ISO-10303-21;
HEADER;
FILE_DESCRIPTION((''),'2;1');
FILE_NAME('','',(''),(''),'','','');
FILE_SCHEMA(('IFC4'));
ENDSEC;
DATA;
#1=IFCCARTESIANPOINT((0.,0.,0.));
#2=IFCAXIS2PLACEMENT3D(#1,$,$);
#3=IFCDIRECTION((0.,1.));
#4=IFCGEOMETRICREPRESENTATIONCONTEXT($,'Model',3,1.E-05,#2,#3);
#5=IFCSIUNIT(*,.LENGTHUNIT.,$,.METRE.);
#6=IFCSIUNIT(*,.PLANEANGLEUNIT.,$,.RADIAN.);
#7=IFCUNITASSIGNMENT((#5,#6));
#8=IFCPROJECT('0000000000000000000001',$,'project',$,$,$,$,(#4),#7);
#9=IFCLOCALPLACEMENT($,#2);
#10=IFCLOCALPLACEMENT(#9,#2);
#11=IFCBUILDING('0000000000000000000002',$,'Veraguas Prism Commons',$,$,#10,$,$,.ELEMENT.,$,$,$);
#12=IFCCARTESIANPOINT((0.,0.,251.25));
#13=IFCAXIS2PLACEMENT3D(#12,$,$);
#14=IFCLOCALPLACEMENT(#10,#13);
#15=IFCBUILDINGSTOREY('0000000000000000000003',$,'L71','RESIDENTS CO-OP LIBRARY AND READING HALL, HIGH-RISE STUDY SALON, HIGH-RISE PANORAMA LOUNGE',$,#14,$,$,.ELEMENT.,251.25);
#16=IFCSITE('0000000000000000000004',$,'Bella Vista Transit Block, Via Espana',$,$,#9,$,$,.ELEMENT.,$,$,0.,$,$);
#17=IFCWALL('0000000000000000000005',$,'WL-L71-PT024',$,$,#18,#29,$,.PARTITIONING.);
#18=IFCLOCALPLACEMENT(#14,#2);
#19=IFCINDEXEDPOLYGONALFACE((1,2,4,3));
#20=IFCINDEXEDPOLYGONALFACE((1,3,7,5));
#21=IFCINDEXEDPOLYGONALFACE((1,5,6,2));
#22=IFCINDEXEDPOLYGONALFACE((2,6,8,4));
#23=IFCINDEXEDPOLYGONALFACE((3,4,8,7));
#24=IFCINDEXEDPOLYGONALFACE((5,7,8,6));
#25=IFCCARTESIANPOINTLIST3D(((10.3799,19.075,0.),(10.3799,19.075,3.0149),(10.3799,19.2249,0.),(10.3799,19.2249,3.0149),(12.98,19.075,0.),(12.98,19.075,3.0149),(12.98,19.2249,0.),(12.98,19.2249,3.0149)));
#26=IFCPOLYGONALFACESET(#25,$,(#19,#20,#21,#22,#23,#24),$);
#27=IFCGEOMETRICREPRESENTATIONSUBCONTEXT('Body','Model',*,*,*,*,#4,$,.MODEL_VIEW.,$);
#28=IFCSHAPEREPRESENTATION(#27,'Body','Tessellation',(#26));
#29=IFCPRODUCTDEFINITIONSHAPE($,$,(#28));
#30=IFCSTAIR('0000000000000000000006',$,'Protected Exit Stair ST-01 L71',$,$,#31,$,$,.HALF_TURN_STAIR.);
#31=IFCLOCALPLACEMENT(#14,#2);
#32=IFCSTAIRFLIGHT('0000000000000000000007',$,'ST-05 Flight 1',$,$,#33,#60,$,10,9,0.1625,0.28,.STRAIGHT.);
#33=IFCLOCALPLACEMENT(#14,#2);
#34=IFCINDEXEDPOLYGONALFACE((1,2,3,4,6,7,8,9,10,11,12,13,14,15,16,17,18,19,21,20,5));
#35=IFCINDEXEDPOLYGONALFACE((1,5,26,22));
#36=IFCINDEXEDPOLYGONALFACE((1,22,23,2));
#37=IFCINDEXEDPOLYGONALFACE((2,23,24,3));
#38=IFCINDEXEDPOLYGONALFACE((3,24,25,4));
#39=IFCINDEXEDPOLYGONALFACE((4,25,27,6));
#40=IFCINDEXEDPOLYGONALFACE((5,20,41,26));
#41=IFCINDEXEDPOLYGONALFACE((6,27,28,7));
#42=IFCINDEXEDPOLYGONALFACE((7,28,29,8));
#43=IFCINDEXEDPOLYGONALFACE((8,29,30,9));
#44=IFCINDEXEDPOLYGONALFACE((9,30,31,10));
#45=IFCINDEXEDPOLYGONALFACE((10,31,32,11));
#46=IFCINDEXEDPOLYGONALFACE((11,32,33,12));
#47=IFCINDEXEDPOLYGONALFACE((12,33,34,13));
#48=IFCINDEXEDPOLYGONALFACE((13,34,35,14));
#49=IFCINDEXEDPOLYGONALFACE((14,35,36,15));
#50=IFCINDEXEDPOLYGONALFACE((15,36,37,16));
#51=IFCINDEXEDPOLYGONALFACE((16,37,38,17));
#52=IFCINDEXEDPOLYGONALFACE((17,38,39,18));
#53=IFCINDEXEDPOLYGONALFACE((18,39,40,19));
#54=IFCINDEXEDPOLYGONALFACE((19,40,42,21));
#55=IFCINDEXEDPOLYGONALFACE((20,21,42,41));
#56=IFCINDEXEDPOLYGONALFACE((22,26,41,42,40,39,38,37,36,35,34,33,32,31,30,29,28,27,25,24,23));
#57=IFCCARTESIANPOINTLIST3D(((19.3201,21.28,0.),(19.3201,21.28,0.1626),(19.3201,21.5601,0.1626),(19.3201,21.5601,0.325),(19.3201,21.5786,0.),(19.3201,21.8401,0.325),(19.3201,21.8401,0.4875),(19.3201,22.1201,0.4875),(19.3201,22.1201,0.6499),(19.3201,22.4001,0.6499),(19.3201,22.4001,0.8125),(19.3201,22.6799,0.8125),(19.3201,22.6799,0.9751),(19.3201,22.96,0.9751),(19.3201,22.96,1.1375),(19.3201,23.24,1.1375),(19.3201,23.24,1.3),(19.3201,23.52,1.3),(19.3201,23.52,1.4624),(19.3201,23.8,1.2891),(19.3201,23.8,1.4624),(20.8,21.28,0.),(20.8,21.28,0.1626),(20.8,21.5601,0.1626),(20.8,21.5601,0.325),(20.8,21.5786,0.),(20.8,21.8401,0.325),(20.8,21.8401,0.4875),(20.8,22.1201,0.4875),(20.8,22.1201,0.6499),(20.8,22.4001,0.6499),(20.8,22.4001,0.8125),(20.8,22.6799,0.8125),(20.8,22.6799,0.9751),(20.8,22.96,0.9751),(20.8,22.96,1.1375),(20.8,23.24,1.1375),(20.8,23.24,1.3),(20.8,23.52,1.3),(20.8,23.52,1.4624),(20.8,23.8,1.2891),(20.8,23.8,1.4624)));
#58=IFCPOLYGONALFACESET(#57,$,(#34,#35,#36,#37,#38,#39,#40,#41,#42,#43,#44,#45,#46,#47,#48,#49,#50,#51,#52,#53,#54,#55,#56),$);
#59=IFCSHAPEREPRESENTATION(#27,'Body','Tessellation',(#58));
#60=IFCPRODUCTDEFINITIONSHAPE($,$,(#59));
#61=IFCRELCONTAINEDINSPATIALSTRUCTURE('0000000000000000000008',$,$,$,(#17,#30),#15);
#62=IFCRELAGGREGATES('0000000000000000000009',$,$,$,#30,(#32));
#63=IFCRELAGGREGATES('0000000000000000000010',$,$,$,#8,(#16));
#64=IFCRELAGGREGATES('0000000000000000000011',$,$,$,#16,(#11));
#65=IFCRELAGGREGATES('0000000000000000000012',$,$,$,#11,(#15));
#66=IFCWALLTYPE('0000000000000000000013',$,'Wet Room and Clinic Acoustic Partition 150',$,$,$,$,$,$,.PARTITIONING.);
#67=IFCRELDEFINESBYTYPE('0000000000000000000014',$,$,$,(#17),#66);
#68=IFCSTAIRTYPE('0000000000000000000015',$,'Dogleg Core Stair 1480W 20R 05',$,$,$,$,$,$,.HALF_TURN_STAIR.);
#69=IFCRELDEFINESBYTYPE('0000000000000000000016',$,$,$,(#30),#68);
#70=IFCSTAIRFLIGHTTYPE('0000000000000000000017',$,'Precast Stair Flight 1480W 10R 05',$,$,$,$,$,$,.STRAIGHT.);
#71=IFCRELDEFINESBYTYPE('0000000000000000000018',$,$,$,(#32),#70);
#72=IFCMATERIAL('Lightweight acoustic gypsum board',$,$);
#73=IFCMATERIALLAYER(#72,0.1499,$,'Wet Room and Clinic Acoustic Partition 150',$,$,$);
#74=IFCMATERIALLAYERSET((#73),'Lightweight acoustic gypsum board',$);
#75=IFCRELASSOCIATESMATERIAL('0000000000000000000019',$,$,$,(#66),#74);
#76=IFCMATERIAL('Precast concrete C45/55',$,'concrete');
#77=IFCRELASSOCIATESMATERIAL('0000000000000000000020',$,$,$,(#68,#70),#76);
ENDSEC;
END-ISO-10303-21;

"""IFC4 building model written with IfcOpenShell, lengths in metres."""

from ifc_helpers import new_model, si_unit, direction, frame, frame_2d, origin, place, context, subcontext, project, spatial, polyline, rectangle, outline, extrude, material, layer, layer_set, type_object, element, aggregate, save


model = new_model("IFC4")

# Units and contexts
model_context = context("Model", 3, precision=1e-05, world=origin(), true_north=direction((0.0, 1.0)))
body_context = subcontext(model_context, "Body", "Model", "MODEL_VIEW")
ifc_project = project(units=[si_unit("LENGTHUNIT", "METRE"), si_unit("PLANEANGLEUNIT", "RADIAN")], contexts=[model_context])

# Site, building, storey
site_placement = place(None, origin())
site = spatial("IfcSite", under=ifc_project, at=site_placement, Name="Bella Vista Transit Block, Via Espana", CompositionType="ELEMENT", RefElevation=0.0)
building_placement = place(site_placement, origin())
building = spatial("IfcBuilding", under=site, at=building_placement, Name="Veraguas Prism Commons", CompositionType="ELEMENT")
storey_placement = place(building_placement, frame((0.0, 0.0, 251.25)))
storey = spatial("IfcBuildingStorey", under=building, at=storey_placement, Name="L71", Description="RESIDENTS CO-OP LIBRARY AND READING HALL, HIGH-RISE STUDY SALON, HIGH-RISE PANORAMA LOUNGE", CompositionType="ELEMENT", Elevation=251.25)

# Wall
ifc_material_1 = material(Name="Lightweight acoustic gypsum board")
ifc_layer_1 = layer(ifc_material_1, 0.1499, Name="Wet Room and Clinic Acoustic Partition 150")
ifc_layer_set_1 = layer_set([ifc_layer_1], Name="Lightweight acoustic gypsum board")
wall_type_1 = type_object("IfcWallType", Name="Wet Room and Clinic Acoustic Partition 150", PredefinedType="PARTITIONING", material=ifc_layer_set_1)
for number, where, z_axis, x_axis, name in (
    (1, (12.98, 19.1499, 0.0), (0.0, 0.0, 1.0), (-1.0, 0.0, 0.0), "WL-L71-PT024"),
):
    element("IfcWall", number, at=place(storey_placement, frame(where, z_axis=z_axis, x_axis=x_axis)), inside=storey, type_object=wall_type_1, Name=name, PredefinedType="PARTITIONING", context=body_context, shape_type="SweptSolid", body=[
        extrude(rectangle(XDim=2.6001, YDim=0.1499, at=frame_2d((1.3, 0.0))), origin(), (0.0, 0.0, 1.0), 3.0149),
    ])

# Stair, stair flight
ifc_material_2 = material(Name="Precast concrete C45/55", Category="concrete")
stair_type = type_object("IfcStairType", Name="Dogleg Core Stair 1480W 20R 05", PredefinedType="HALF_TURN_STAIR", material=ifc_material_2)
stair_placement = place(storey_placement, origin())
stair = element("IfcStair", 2, at=stair_placement, inside=storey, type_object=stair_type, Name="Protected Exit Stair ST-01 L71", PredefinedType="HALF_TURN_STAIR")
stair_flight_type = type_object("IfcStairFlightType", Name="Precast Stair Flight 1480W 10R 05", PredefinedType="STRAIGHT", material=ifc_material_2)
stair_flight_placement = place(storey_placement, frame((20.0601, 21.28, 0.0), z_axis=(0.0, 0.0, 1.0), x_axis=(0.0, 1.0, 0.0)))
stair_flight = element("IfcStairFlight", 3, at=stair_flight_placement, type_object=stair_flight_type, Name="ST-05 Flight 1", NumberOfRisers=10, NumberOfTreads=9, PredefinedType="STRAIGHT", RiserHeight=0.1625, TreadLength=0.28, context=body_context, shape_type="SweptSolid", body=[
    extrude(outline(polyline([(0.0, 0.0), (0.0, 0.1626), (0.28, 0.1626), (0.28, 0.325), (0.5601, 0.325), (0.5601, 0.4875), (0.8401, 0.4875), (0.8401, 0.6499), (1.1201, 0.6499), (1.1201, 0.8125), (1.3999, 0.8125), (1.3999, 0.9751), (1.6799, 0.9751), (1.6799, 1.1375), (1.96, 1.1375), (1.96, 1.3), (2.24, 1.3), (2.24, 1.4624), (2.52, 1.4624), (2.52, 1.625), (2.52, 1.2891), (0.2986, 0.0), (0.0, 0.0)])), frame((0.0, 0.74, 0.0), z_axis=(0.0, -1.0, 0.0), x_axis=(1.0, 0.0, 0.0)), (0.0, 0.0, 1.0), 1.48),
])
aggregate(stair, [stair_flight])

save(model, "model.ifc")
